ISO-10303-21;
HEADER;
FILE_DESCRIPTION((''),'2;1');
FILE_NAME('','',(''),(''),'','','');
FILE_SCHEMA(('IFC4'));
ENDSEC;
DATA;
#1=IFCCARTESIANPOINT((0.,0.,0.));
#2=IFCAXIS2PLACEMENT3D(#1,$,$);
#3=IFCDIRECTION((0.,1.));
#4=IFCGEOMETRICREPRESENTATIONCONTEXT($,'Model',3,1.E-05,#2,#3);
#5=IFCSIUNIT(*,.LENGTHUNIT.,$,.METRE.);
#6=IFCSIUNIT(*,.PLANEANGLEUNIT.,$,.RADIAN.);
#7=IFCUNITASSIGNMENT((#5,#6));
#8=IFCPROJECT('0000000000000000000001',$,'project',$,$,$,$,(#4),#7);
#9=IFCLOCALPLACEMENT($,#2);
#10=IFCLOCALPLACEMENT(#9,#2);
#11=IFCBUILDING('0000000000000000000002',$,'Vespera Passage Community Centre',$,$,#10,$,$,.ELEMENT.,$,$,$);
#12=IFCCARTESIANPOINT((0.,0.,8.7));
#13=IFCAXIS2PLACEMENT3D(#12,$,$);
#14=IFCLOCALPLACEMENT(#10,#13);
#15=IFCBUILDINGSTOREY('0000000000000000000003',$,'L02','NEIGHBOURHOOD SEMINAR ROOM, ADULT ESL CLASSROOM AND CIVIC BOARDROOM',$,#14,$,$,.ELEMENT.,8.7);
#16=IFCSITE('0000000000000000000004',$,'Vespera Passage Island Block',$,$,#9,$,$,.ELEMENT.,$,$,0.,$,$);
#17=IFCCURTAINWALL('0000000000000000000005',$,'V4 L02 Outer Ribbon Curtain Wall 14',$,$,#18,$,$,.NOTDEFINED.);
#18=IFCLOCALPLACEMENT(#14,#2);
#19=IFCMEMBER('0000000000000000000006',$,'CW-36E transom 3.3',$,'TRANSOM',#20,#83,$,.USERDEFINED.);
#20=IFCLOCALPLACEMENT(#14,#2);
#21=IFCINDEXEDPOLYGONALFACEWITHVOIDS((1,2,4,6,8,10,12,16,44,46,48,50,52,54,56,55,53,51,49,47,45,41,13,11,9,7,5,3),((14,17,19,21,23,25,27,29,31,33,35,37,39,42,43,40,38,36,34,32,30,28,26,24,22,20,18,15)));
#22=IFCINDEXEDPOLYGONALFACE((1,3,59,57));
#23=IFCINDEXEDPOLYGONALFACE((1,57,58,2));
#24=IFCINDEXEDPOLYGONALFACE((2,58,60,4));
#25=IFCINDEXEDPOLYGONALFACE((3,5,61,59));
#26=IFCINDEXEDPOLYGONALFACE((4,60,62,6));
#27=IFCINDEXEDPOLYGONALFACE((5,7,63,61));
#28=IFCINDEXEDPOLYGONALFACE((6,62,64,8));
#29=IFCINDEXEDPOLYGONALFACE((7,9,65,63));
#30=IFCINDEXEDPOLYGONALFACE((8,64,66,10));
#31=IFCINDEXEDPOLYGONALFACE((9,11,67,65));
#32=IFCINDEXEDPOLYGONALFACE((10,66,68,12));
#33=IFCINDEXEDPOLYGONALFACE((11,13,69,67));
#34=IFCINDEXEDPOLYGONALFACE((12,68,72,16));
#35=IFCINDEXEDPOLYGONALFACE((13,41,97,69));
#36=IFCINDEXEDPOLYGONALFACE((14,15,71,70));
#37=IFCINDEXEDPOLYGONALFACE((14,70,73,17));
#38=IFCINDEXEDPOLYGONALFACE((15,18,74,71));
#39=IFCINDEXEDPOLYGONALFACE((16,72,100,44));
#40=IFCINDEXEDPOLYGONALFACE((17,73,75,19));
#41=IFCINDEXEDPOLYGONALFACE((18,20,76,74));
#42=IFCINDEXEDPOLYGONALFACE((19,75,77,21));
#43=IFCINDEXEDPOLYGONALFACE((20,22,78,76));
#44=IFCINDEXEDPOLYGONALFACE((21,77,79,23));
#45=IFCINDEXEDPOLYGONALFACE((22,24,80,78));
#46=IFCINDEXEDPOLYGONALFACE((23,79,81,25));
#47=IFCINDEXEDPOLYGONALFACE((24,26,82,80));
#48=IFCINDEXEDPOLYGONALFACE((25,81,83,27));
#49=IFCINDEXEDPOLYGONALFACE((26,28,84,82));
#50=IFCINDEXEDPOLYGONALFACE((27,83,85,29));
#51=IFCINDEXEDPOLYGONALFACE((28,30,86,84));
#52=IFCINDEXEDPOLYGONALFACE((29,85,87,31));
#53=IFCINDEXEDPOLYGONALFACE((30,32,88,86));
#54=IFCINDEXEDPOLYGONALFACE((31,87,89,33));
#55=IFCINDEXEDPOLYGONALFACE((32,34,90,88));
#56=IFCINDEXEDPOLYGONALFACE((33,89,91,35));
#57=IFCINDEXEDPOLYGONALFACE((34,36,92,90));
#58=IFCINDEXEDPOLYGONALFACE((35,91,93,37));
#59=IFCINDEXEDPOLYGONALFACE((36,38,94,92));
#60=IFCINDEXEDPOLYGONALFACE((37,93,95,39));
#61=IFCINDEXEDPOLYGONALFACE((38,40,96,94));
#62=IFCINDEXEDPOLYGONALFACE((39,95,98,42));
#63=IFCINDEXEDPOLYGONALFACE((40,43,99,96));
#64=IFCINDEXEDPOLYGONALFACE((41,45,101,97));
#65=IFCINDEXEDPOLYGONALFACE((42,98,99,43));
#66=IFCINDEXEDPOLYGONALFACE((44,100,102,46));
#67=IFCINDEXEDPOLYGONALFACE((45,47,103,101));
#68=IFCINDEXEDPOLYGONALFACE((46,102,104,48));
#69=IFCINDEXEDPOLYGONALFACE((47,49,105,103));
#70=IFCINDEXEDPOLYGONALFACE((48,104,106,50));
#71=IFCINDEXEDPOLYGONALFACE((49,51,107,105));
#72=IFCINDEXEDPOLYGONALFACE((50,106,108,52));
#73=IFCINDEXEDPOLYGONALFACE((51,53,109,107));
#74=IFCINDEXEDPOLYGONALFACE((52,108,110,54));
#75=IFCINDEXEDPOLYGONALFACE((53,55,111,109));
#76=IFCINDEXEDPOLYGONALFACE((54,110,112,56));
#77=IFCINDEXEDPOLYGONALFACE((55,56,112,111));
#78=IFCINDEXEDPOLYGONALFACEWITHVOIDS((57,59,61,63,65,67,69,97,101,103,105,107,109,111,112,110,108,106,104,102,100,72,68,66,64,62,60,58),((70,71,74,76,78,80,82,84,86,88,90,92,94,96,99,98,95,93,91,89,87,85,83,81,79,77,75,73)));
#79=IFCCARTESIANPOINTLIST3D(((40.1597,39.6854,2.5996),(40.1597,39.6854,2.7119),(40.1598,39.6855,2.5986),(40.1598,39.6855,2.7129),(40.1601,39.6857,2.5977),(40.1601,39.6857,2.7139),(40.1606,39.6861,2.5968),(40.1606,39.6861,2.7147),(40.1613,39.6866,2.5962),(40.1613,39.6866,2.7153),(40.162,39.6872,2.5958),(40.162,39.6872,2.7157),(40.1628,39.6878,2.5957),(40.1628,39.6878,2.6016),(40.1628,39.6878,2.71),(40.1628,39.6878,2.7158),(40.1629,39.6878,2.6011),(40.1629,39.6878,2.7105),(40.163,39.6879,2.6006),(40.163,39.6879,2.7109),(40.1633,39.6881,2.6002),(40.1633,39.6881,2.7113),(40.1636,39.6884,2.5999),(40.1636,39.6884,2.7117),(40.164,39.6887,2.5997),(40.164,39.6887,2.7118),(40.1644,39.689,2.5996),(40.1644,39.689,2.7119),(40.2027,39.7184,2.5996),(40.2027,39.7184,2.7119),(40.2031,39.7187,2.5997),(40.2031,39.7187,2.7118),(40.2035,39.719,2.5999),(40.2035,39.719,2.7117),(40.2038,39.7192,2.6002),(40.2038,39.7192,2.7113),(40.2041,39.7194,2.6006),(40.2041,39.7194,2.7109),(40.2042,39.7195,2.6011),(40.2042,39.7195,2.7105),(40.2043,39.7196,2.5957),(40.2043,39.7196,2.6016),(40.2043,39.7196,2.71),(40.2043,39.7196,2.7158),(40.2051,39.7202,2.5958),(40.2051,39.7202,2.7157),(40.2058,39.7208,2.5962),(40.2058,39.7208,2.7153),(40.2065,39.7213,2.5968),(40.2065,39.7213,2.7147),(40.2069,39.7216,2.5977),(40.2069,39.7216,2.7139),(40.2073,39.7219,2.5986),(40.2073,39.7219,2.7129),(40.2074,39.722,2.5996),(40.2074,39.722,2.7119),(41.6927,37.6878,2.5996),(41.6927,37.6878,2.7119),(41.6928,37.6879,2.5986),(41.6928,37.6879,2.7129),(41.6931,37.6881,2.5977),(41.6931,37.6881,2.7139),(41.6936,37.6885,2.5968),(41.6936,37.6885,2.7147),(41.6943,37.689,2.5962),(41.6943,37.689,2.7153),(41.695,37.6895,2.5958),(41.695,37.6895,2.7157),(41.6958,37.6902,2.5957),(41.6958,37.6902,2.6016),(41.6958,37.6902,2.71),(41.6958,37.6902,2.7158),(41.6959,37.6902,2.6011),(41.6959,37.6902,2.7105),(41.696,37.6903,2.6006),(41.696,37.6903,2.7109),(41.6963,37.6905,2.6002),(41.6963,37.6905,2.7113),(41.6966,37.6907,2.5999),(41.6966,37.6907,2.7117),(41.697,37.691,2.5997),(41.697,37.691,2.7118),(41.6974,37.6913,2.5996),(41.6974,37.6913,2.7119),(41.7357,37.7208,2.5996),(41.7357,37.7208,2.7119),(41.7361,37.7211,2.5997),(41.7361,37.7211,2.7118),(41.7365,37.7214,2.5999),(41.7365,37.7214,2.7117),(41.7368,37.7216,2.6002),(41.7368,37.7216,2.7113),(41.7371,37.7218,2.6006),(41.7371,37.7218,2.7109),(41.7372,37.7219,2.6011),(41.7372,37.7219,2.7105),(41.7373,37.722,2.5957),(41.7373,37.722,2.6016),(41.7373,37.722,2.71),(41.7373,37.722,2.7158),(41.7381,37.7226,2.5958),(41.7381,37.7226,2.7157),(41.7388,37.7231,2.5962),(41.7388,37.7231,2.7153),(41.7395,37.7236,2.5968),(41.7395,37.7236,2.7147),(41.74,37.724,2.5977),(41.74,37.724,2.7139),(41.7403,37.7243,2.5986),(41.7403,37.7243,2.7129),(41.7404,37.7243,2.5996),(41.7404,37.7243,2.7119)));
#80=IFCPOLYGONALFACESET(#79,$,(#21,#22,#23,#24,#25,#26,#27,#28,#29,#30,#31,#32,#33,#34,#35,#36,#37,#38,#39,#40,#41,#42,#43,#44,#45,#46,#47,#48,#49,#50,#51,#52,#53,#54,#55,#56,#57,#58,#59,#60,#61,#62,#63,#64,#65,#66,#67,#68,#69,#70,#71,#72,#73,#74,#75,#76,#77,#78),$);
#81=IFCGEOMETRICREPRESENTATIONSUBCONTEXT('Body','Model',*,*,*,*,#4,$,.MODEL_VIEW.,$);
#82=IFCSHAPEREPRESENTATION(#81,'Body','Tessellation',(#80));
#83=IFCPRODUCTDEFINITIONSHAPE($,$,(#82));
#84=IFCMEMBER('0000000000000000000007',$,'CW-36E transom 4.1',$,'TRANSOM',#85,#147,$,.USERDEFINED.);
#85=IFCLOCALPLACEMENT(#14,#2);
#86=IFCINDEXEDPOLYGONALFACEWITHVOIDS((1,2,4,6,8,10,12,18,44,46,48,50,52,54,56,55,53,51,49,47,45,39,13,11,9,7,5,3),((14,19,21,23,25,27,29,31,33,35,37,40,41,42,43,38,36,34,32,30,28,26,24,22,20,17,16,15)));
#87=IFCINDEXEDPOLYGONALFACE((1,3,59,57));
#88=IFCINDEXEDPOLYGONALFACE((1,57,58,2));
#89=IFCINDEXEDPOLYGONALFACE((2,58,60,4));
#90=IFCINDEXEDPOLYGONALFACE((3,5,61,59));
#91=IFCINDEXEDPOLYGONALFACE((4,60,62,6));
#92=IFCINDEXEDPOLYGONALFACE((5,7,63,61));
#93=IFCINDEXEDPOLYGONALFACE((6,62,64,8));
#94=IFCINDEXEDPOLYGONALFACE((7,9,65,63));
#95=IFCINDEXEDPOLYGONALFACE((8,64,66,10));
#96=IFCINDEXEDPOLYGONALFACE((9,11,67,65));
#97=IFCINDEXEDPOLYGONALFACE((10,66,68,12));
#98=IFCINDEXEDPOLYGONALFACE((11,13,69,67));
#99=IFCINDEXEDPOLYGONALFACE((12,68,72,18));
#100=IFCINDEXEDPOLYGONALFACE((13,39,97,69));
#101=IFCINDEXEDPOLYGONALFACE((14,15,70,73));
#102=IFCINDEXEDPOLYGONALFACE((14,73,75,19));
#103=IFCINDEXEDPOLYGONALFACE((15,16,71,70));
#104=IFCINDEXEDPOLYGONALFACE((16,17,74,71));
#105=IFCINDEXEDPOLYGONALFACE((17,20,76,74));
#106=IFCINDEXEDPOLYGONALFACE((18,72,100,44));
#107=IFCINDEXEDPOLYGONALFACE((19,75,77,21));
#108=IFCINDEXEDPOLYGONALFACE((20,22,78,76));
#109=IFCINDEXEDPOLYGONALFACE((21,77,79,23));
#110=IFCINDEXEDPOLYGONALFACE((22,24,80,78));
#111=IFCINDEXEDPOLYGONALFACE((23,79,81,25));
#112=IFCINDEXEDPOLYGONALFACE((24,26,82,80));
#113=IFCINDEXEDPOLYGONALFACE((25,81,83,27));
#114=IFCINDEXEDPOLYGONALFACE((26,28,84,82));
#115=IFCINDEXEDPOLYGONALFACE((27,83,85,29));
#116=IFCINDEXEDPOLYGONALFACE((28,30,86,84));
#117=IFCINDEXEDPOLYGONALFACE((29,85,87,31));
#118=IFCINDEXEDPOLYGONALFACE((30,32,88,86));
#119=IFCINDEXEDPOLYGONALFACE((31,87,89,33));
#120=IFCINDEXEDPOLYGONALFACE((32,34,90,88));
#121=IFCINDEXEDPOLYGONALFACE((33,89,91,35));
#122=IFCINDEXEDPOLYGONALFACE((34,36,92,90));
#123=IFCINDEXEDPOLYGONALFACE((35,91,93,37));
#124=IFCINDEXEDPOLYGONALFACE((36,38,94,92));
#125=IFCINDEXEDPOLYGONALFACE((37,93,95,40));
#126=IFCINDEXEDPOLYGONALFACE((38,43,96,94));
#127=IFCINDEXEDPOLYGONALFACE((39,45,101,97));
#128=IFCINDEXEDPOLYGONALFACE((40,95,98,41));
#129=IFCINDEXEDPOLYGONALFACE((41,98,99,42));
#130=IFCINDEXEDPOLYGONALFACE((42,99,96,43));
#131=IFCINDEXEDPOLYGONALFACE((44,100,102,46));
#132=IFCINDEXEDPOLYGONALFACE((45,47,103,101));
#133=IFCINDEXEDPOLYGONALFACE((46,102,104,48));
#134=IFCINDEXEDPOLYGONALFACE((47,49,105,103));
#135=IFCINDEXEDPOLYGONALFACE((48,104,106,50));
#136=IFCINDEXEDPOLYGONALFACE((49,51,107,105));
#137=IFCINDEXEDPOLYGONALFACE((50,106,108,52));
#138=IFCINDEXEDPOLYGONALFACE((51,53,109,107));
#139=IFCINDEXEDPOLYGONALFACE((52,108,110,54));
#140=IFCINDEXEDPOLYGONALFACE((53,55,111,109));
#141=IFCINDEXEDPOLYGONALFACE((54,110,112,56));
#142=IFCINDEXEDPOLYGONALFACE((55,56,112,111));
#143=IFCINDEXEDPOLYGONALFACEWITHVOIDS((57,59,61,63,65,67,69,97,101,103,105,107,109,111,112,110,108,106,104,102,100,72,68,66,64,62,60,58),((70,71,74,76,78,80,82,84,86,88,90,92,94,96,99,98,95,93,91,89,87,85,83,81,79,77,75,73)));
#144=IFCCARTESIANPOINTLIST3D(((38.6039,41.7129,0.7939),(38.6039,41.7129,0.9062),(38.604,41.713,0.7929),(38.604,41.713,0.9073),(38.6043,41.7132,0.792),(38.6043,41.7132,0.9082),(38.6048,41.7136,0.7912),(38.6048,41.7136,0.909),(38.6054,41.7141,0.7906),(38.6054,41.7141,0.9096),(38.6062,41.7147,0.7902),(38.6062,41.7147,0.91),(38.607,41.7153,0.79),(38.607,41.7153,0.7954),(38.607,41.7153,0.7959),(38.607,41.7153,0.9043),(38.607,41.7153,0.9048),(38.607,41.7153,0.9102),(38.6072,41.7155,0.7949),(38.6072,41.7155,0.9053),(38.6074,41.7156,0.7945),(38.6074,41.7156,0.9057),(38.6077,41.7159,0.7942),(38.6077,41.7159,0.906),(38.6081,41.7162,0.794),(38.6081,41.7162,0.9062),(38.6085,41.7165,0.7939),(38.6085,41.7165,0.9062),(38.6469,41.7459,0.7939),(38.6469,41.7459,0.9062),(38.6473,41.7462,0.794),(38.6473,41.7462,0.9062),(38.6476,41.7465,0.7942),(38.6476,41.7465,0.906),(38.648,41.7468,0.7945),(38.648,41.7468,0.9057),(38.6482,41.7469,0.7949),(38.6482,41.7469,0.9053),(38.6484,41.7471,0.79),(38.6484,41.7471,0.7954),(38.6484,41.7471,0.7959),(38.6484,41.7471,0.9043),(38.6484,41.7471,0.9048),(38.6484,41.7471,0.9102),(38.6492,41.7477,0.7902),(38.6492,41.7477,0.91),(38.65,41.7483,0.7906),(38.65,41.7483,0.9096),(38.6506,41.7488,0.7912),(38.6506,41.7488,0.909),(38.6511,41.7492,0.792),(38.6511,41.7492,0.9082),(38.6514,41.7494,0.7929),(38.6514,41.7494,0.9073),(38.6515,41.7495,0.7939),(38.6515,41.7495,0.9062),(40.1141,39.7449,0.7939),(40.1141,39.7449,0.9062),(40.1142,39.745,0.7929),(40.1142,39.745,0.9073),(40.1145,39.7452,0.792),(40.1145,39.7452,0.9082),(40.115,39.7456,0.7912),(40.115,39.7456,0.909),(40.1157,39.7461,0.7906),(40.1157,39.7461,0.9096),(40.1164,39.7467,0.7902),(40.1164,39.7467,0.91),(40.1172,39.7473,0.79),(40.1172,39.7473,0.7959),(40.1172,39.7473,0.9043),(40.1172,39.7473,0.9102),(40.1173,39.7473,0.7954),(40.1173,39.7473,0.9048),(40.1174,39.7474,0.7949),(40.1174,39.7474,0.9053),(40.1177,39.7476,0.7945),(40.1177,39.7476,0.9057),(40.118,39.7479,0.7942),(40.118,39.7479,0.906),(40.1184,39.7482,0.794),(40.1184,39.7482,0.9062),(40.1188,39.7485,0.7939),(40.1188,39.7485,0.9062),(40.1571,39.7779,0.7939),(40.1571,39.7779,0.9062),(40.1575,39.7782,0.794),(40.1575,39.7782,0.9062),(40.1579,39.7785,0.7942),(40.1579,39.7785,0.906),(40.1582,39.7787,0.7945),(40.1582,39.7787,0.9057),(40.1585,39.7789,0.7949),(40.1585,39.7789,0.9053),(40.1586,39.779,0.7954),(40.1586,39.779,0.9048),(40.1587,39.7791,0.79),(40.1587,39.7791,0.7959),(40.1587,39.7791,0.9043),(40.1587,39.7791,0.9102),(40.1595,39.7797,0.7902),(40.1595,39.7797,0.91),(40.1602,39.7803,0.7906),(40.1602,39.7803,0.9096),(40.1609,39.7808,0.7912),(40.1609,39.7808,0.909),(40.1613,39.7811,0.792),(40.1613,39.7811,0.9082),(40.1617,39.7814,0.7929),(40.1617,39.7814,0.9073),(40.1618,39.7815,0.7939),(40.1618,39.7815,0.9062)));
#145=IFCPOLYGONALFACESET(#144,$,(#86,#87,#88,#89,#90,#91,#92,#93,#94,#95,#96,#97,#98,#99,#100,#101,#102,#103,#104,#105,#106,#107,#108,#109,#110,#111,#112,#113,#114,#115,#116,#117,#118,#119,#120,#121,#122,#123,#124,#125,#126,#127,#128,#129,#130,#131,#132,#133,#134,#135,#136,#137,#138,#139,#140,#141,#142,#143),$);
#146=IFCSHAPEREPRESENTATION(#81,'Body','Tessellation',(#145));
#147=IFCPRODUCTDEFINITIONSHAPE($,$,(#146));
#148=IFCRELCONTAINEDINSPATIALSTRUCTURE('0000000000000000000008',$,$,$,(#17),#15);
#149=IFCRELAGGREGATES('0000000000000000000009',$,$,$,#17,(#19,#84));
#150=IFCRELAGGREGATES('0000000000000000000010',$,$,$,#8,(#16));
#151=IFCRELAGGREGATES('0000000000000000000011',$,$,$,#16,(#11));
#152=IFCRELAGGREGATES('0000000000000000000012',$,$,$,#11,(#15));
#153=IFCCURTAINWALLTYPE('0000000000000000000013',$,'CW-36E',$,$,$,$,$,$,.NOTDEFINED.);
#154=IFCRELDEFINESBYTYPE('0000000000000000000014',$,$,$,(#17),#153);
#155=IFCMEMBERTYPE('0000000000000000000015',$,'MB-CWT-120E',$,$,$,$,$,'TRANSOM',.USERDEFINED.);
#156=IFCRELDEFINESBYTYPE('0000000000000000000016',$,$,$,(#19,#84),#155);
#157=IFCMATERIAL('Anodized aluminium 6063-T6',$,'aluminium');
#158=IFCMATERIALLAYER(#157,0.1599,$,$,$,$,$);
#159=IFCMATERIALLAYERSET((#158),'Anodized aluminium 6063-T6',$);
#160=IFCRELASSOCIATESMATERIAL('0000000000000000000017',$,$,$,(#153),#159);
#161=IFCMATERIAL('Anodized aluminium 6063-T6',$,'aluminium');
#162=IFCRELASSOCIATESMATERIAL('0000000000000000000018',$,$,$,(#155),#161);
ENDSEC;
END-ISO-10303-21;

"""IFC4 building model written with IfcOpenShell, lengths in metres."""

from ifc_helpers import new_model, si_unit, direction, frame, origin, origin_2d, place, context, subcontext, project, spatial, hollow_rectangle, extrude, material, layer, layer_set, material_profile, profile_set, type_object, element, aggregate, save


model = new_model("IFC4")

# Units and contexts
model_context = context("Model", 3, precision=1e-05, world=origin(), true_north=direction((0.0, 1.0)))
body_context = subcontext(model_context, "Body", "Model", "MODEL_VIEW")
ifc_project = project(units=[si_unit("LENGTHUNIT", "METRE"), si_unit("PLANEANGLEUNIT", "RADIAN")], contexts=[model_context])

# Site, building, storey
site_placement = place(None, origin())
site = spatial("IfcSite", under=ifc_project, at=site_placement, Name="Vespera Passage Island Block", CompositionType="ELEMENT", RefElevation=0.0)
building_placement = place(site_placement, origin())
building = spatial("IfcBuilding", under=site, at=building_placement, Name="Vespera Passage Community Centre", CompositionType="ELEMENT")
storey_placement = place(building_placement, frame((0.0, 0.0, 8.7)))
storey = spatial("IfcBuildingStorey", under=building, at=storey_placement, Name="L02", Description="NEIGHBOURHOOD SEMINAR ROOM, ADULT ESL CLASSROOM AND CIVIC BOARDROOM", CompositionType="ELEMENT", Elevation=8.7)

# Curtain wall
ifc_material_1 = material(Name="Anodized aluminium 6063-T6", Category="aluminium")
ifc_layer_1 = layer(ifc_material_1, 0.1599)
ifc_layer_set_1 = layer_set([ifc_layer_1], Name="Anodized aluminium 6063-T6")
curtain_wall_type_1 = type_object("IfcCurtainWallType", Name="CW-36E", PredefinedType="NOTDEFINED", material=ifc_layer_set_1)
curtain_wall_1_placement = place(storey_placement, origin())
curtain_wall_1 = element("IfcCurtainWall", 1, at=curtain_wall_1_placement, inside=storey, type_object=curtain_wall_type_1, Name="V4 L02 Outer Ribbon Curtain Wall 14", PredefinedType="NOTDEFINED")

# Members
ifc_material_2 = material(Name="Anodized aluminium 6063-T6", Category="aluminium")
ifc_material_profile_1 = material_profile(ifc_material_2, hollow_rectangle(XDim=0.0601, YDim=0.1201, WallThickness=0.0039, InnerFilletRadius=0.002, OuterFilletRadius=0.0039, at=origin_2d()), Name="ALU120X60X4")
ifc_profile_set_1 = profile_set([ifc_material_profile_1], Name="Anodized aluminium 6063-T6")
member_type_1 = type_object("IfcMemberType", Name="MB-CWT-120E", ElementType="TRANSOM", PredefinedType="USERDEFINED", material=ifc_profile_set_1)
member_1_placement = place(storey_placement, frame((41.7166, 37.7061, 2.6558), z_axis=(-0.608806, 0.793319, 0.0), x_axis=(-0.793319, -0.608806, 0.0)))
member_1 = element("IfcMember", 2, at=member_1_placement, type_object=member_type_1, Name="CW-36E transom 3.3", ObjectType="TRANSOM", PredefinedType="USERDEFINED", context=body_context, shape_type="SweptSolid", body=[
    extrude(hollow_rectangle(XDim=0.0601, YDim=0.1201, WallThickness=0.0039, InnerFilletRadius=0.002, OuterFilletRadius=0.0039, at=origin_2d()), origin(), (0.0, 0.0, 1.0), 2.5181),
])
member_2_placement = place(storey_placement, frame((40.1379, 39.7632, 0.8501), z_axis=(-0.608797, 0.793326, 0.0), x_axis=(-0.793326, -0.608797, 0.0)))
member_2 = element("IfcMember", 3, at=member_2_placement, type_object=member_type_1, Name="CW-36E transom 4.1", ObjectType="TRANSOM", PredefinedType="USERDEFINED", context=body_context, shape_type="SweptSolid", body=[
    extrude(hollow_rectangle(XDim=0.0601, YDim=0.1201, WallThickness=0.0039, InnerFilletRadius=0.002, OuterFilletRadius=0.0039, at=origin_2d()), origin(), (0.0, 0.0, 1.0), 2.4807),
])

aggregate(curtain_wall_1, [member_1, member_2])

save(model, "model.ifc")
